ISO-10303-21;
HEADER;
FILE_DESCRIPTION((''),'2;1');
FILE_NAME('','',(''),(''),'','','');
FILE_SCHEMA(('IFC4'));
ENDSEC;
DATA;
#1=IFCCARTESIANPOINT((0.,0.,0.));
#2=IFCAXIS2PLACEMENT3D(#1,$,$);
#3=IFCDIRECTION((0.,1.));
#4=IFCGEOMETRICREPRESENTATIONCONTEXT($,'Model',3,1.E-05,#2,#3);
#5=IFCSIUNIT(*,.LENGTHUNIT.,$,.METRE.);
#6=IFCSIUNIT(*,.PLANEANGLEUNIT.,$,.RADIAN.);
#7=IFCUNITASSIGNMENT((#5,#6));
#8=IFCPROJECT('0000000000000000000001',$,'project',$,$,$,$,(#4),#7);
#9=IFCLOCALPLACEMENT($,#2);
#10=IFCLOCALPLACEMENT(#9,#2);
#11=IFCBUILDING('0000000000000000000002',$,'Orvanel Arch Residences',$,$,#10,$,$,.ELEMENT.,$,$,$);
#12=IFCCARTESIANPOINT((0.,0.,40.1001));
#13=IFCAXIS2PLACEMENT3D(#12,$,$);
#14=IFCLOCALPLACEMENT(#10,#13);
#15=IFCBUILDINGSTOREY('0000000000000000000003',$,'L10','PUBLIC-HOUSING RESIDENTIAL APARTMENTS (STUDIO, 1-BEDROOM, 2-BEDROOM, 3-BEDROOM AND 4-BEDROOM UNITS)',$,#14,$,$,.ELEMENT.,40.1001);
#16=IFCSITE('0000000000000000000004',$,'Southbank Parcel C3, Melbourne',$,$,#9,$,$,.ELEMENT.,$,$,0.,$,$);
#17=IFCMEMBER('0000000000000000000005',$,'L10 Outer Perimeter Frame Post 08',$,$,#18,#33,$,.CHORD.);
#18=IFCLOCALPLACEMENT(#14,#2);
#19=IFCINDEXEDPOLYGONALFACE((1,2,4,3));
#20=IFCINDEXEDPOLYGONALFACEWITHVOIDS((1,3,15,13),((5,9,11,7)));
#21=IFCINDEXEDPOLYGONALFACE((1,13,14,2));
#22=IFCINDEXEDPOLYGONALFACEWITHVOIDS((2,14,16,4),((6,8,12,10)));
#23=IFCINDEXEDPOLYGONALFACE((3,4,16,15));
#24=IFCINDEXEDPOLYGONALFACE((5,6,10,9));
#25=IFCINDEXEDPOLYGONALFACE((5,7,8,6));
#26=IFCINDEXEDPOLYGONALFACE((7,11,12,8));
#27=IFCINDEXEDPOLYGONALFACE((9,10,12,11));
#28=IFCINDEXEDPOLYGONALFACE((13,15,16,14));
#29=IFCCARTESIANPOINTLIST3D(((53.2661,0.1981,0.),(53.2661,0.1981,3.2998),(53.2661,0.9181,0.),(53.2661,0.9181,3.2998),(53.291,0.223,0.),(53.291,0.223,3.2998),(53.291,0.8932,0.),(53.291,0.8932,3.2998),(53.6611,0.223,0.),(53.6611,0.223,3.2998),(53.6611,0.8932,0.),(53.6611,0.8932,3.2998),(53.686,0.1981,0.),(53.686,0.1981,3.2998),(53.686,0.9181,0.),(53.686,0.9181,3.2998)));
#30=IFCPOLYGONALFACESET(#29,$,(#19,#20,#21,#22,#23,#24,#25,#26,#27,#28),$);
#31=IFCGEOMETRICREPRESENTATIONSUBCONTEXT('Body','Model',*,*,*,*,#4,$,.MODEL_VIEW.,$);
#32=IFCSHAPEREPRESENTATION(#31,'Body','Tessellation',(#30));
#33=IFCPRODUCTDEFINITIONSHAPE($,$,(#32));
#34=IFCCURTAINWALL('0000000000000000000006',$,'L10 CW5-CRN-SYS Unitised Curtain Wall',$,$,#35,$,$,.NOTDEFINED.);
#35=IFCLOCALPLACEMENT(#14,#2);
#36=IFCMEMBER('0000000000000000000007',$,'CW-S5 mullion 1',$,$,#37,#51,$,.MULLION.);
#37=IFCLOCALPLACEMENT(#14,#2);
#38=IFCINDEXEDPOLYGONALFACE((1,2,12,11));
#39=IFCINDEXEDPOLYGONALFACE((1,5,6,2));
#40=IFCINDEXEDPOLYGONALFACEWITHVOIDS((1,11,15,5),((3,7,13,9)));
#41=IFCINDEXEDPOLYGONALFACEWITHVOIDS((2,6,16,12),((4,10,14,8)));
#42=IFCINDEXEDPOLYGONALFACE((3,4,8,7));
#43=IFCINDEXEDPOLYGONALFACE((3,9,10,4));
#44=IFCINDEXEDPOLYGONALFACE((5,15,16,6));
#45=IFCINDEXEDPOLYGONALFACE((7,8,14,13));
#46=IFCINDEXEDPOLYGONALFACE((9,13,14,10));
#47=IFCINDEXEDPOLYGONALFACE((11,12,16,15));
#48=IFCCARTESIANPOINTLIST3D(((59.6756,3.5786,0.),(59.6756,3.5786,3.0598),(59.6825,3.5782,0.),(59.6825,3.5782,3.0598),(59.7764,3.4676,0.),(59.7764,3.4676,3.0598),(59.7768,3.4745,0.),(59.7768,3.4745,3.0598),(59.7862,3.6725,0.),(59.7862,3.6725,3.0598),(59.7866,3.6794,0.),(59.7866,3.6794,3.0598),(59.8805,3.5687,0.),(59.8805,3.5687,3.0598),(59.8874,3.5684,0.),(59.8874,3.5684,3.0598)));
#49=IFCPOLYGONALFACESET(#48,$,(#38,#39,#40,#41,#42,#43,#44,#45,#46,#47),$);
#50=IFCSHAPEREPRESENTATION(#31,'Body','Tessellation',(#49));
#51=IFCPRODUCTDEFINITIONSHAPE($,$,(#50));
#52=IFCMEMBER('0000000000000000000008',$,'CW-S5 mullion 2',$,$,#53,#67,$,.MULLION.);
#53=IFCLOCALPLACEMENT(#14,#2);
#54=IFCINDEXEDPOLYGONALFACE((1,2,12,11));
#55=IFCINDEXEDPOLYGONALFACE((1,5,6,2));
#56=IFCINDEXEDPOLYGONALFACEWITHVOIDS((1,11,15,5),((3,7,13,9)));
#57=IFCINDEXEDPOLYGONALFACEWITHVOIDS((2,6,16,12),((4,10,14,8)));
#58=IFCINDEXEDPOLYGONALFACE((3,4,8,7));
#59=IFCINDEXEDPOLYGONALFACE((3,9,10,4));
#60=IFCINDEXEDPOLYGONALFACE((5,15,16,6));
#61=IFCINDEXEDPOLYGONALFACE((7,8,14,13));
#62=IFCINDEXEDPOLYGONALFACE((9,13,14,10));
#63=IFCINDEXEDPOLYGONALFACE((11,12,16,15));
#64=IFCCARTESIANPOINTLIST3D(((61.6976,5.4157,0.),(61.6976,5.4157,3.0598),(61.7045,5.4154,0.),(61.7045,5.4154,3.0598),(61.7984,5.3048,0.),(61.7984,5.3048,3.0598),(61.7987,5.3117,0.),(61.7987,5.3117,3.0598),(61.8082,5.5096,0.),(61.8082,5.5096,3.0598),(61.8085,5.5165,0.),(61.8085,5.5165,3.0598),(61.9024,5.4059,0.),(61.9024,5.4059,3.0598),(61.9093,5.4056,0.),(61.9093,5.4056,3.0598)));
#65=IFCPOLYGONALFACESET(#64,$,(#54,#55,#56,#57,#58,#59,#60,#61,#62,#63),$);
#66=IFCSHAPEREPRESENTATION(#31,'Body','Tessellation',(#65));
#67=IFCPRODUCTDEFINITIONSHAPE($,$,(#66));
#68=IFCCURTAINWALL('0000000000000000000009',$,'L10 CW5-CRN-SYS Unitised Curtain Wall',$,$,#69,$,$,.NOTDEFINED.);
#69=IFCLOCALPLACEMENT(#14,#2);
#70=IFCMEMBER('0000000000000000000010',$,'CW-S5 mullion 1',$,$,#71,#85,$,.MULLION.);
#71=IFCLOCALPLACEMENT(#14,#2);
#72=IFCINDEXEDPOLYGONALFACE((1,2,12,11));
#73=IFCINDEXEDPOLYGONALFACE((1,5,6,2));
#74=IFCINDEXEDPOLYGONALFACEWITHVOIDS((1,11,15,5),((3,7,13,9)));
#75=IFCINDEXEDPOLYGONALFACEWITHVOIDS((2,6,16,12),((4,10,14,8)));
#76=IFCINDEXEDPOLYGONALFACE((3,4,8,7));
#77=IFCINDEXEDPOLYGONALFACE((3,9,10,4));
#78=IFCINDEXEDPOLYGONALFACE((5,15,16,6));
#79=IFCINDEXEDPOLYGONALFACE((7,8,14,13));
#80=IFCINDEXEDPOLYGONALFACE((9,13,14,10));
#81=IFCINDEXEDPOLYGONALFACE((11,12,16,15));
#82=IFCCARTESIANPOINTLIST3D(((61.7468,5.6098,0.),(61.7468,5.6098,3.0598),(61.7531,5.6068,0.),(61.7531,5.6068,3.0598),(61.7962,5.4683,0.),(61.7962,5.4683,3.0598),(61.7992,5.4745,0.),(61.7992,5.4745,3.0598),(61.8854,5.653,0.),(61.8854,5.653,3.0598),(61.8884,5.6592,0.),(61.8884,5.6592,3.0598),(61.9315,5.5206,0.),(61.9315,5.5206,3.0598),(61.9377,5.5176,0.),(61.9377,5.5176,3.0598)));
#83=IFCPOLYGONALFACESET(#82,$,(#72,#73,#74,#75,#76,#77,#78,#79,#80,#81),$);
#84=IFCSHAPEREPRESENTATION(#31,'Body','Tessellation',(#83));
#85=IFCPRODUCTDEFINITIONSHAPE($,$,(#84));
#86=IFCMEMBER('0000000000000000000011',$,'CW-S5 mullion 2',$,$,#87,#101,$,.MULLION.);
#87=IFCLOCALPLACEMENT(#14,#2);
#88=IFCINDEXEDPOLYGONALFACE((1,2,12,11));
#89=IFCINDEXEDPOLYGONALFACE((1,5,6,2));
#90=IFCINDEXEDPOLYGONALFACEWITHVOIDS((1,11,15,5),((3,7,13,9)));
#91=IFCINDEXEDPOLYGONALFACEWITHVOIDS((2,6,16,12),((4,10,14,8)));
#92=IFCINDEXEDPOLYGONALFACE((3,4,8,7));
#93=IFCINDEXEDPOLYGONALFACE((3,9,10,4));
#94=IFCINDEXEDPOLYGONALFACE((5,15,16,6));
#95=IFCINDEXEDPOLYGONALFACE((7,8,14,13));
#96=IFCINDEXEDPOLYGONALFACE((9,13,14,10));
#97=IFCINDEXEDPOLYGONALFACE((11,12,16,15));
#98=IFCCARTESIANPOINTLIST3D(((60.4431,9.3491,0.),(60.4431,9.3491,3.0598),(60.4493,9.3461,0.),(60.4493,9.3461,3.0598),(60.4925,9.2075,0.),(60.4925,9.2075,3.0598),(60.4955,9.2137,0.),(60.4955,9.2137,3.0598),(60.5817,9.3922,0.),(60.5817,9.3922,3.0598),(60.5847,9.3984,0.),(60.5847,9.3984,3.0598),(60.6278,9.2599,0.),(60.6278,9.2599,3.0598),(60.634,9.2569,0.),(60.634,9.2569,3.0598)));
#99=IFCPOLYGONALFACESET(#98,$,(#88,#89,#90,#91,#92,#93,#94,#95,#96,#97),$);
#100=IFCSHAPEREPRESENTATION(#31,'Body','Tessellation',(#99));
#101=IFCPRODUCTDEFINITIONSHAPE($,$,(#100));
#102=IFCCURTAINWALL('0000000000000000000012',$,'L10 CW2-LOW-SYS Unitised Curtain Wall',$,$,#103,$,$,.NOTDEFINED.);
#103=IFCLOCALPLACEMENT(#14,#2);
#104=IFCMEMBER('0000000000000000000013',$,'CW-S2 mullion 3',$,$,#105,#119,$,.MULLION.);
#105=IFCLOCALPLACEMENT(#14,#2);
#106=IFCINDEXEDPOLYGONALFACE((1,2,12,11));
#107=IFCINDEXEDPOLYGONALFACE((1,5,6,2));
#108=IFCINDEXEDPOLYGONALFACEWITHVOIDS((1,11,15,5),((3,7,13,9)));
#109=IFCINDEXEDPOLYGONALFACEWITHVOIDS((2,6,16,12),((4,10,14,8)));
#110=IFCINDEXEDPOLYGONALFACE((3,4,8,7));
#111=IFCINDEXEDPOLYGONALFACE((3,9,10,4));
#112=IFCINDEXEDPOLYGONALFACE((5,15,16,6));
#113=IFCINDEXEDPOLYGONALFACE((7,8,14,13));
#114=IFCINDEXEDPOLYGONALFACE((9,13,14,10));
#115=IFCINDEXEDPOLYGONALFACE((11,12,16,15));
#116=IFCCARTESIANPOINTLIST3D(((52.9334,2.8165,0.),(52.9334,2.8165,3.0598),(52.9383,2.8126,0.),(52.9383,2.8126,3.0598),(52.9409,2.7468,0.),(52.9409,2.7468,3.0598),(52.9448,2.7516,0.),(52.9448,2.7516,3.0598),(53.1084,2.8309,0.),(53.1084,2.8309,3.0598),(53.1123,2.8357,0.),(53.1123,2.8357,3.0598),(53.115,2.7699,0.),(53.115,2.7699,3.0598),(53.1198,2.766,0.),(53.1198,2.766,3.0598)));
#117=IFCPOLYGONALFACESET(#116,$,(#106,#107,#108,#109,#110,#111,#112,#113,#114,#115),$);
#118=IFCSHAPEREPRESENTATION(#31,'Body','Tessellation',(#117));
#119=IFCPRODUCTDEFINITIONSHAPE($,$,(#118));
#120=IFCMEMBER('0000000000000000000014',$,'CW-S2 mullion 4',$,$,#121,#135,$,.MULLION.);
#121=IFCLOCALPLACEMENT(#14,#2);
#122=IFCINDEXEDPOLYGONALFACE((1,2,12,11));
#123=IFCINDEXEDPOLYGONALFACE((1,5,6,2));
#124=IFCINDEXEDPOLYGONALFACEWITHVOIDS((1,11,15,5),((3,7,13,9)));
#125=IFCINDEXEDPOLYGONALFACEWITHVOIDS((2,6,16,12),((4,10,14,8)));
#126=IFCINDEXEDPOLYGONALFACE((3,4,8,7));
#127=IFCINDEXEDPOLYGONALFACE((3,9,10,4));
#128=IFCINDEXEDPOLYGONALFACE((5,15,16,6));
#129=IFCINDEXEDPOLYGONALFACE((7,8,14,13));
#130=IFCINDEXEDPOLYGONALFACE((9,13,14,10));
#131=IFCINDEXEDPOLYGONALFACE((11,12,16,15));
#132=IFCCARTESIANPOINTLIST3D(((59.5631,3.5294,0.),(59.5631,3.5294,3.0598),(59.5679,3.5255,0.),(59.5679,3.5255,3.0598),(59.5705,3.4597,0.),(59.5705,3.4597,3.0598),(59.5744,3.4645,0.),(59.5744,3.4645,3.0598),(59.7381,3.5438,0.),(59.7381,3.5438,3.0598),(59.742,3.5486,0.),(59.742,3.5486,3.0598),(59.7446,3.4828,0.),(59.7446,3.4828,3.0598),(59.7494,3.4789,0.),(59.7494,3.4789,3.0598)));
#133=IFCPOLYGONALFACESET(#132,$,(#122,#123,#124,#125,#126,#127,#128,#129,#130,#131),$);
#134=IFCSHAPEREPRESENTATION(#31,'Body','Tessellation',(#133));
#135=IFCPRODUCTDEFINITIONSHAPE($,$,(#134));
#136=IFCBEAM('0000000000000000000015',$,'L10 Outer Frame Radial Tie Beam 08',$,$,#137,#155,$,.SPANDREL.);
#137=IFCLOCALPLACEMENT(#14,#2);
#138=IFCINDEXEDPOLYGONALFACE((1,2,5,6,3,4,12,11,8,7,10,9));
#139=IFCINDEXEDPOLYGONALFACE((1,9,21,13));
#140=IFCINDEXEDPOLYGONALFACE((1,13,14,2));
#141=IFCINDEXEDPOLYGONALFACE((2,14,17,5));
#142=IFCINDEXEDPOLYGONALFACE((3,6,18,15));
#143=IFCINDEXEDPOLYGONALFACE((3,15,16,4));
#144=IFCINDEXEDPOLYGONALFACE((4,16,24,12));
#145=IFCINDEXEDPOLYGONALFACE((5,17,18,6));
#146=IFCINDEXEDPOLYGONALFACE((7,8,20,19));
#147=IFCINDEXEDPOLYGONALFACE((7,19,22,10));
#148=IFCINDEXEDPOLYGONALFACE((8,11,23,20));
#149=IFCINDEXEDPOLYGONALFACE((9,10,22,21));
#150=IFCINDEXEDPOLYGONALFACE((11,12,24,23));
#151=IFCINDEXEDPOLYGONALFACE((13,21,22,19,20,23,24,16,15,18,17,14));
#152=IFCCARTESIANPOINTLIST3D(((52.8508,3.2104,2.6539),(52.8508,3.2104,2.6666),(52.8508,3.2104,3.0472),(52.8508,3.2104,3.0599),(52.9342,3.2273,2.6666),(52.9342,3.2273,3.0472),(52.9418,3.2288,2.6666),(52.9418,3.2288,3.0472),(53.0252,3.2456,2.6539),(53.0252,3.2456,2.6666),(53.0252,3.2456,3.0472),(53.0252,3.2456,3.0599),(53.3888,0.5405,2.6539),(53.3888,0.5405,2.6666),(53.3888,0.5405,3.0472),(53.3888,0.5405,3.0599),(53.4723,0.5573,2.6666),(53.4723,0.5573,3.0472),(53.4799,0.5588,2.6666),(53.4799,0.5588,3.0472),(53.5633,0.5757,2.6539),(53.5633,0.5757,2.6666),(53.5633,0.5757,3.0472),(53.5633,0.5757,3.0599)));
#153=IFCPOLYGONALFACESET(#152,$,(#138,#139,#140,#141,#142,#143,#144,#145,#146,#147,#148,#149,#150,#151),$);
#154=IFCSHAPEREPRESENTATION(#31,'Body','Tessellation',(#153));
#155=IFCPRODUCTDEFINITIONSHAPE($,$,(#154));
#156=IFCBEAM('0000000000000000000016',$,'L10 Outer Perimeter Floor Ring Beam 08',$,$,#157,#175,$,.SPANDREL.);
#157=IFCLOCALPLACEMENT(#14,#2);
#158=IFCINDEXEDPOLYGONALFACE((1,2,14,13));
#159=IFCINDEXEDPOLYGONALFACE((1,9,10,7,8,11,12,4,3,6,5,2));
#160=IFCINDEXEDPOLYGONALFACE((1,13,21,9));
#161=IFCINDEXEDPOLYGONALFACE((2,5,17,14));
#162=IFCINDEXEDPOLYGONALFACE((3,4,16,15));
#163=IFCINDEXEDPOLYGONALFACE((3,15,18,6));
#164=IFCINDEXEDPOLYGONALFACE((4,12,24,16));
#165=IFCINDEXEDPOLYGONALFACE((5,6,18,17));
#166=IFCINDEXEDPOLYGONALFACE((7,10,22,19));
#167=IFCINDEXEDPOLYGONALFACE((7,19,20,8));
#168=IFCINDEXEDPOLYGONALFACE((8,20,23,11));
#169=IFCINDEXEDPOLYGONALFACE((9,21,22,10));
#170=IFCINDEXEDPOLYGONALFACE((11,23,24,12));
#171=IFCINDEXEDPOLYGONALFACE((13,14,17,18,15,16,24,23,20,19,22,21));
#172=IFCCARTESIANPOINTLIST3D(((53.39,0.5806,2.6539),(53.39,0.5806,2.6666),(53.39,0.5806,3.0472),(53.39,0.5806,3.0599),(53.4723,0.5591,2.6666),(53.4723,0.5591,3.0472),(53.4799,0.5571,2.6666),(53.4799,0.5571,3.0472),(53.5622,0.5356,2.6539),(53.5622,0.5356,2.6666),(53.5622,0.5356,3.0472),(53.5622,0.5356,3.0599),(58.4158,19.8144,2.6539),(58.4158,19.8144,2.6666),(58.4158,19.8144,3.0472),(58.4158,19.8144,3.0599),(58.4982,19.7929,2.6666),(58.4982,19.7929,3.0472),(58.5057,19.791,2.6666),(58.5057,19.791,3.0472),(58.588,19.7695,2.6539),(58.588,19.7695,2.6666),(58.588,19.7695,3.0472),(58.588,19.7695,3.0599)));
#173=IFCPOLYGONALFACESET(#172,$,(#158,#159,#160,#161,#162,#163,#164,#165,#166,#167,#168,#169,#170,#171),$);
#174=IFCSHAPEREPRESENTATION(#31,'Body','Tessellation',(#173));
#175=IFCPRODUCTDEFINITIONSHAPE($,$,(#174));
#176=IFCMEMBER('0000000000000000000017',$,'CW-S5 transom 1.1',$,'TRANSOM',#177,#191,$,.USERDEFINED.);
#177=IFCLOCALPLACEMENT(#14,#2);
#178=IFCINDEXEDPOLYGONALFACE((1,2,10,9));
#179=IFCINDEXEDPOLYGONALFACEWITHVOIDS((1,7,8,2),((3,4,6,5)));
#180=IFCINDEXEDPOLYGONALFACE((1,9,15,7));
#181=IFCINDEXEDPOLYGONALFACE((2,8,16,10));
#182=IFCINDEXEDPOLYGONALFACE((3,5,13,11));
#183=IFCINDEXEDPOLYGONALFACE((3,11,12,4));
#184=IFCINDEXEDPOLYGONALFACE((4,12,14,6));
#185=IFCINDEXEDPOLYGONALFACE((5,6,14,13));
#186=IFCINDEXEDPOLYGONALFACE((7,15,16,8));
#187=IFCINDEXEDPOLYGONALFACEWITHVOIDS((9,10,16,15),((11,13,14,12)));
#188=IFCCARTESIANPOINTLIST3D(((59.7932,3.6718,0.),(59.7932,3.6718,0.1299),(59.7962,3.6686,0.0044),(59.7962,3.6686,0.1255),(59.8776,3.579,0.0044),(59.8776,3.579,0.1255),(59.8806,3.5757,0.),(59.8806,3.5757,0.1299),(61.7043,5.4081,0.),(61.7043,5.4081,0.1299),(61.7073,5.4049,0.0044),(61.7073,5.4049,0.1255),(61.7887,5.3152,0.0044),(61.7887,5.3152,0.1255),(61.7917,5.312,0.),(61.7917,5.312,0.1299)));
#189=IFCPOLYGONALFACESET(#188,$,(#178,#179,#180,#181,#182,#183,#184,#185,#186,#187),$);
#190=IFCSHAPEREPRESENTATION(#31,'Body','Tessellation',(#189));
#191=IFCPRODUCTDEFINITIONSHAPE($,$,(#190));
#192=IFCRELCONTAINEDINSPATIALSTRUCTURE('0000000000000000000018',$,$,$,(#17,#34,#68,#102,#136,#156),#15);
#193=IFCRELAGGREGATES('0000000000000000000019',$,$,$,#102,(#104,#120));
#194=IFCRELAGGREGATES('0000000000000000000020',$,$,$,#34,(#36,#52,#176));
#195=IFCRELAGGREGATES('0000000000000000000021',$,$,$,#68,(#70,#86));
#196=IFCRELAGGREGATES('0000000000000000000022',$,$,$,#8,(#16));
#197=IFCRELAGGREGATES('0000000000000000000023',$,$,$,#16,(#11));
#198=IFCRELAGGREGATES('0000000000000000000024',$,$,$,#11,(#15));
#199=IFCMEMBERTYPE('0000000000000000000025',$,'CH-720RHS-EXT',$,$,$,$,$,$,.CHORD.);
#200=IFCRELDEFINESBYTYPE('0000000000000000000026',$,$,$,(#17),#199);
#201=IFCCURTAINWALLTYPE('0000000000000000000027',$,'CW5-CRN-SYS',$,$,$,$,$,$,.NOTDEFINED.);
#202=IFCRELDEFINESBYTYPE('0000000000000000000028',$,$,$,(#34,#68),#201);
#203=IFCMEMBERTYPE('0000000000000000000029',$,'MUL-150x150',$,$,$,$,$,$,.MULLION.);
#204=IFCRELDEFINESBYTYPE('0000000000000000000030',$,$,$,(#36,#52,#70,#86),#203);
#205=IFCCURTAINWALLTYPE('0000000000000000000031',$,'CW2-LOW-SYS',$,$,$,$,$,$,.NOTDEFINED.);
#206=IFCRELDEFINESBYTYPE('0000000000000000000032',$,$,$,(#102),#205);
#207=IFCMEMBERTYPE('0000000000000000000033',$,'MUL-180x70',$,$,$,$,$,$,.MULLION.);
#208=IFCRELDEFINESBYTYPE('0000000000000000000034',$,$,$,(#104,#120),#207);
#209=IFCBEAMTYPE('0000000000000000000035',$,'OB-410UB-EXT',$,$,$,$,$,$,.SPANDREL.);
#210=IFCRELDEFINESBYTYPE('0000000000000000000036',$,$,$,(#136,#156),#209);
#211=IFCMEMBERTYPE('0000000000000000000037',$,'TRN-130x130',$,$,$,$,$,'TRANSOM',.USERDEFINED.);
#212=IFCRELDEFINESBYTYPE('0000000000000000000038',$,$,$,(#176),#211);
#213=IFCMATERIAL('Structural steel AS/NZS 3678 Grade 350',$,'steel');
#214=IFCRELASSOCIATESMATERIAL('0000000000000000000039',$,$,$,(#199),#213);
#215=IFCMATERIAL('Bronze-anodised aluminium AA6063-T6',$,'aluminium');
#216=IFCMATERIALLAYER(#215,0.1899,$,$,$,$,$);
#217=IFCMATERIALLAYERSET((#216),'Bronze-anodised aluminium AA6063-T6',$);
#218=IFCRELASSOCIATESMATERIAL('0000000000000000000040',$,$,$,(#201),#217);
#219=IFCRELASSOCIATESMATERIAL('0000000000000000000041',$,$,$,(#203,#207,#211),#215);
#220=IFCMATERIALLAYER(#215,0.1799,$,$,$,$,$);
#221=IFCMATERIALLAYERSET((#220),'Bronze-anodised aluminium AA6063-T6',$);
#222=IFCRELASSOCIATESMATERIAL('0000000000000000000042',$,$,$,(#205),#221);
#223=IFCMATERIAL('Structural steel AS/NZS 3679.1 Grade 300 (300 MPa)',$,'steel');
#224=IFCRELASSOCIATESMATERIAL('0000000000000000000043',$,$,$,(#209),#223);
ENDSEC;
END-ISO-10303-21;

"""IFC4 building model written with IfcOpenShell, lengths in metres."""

from ifc_helpers import new_model, si_unit, direction, frame, origin, origin_2d, place, context, subcontext, project, spatial, hollow_rectangle, i_section, extrude, material, layer, layer_set, material_profile, profile_set, type_object, element, aggregate, save


model = new_model("IFC4")

# Units and contexts
model_context = context("Model", 3, precision=1e-05, world=origin(), true_north=direction((0.0, 1.0)))
body_context = subcontext(model_context, "Body", "Model", "MODEL_VIEW")
ifc_project = project(units=[si_unit("LENGTHUNIT", "METRE"), si_unit("PLANEANGLEUNIT", "RADIAN")], contexts=[model_context])

# Site, building, storey
site_placement = place(None, origin())
site = spatial("IfcSite", under=ifc_project, at=site_placement, Name="Southbank Parcel C3, Melbourne", CompositionType="ELEMENT", RefElevation=0.0)
building_placement = place(site_placement, origin())
building = spatial("IfcBuilding", under=site, at=building_placement, Name="Orvanel Arch Residences", CompositionType="ELEMENT")
storey_placement = place(building_placement, frame((0.0, 0.0, 40.1001)))
storey = spatial("IfcBuildingStorey", under=building, at=storey_placement, Name="L10", Description="PUBLIC-HOUSING RESIDENTIAL APARTMENTS (STUDIO, 1-BEDROOM, 2-BEDROOM, 3-BEDROOM AND 4-BEDROOM UNITS)", CompositionType="ELEMENT", Elevation=40.1001)

# Member
ifc_material_1 = material(Name="Structural steel AS/NZS 3678 Grade 350", Category="steel")
ifc_material_profile_1 = material_profile(ifc_material_1, hollow_rectangle(XDim=0.4199, YDim=0.72, WallThickness=0.0249, at=origin_2d()), Name="RHS720x420x25")
ifc_profile_set_1 = profile_set([ifc_material_profile_1], Name="Structural steel AS/NZS 3678 Grade 350")
member_type_1 = type_object("IfcMemberType", Name="CH-720RHS-EXT", PredefinedType="CHORD", material=ifc_profile_set_1)
member_1_placement = place(storey_placement, frame((53.4761, 0.5581, 0.0), z_axis=(0.0, 0.0, 1.0), x_axis=(1.0, 0.0, 0.0)))
element("IfcMember", 1, at=member_1_placement, inside=storey, type_object=member_type_1, Name="L10 Outer Perimeter Frame Post 08", PredefinedType="CHORD", context=body_context, shape_type="SweptSolid", body=[
    extrude(hollow_rectangle(XDim=0.4199, YDim=0.72, WallThickness=0.0249, at=origin_2d()), origin(), (0.0, 0.0, 1.0), 3.2998),
])

# Curtain walls, members
ifc_material_2 = material(Name="Bronze-anodised aluminium AA6063-T6", Category="aluminium")
ifc_layer_1 = layer(ifc_material_2, 0.1899)
ifc_layer_set_1 = layer_set([ifc_layer_1], Name="Bronze-anodised aluminium AA6063-T6")
curtain_wall_type_1 = type_object("IfcCurtainWallType", Name="CW5-CRN-SYS", PredefinedType="NOTDEFINED", material=ifc_layer_set_1)
curtain_wall_1_placement = place(storey_placement, origin())
curtain_wall_1 = element("IfcCurtainWall", 2, at=curtain_wall_1_placement, inside=storey, type_object=curtain_wall_type_1, Name="L10 CW5-CRN-SYS Unitised Curtain Wall", PredefinedType="NOTDEFINED")
ifc_material_profile_2 = material_profile(ifc_material_2, hollow_rectangle(XDim=0.1499, YDim=0.1499, WallThickness=0.0049, at=origin_2d()), Name="ALU150x150x5")
ifc_profile_set_2 = profile_set([ifc_material_profile_2], Name="Bronze-anodised aluminium AA6063-T6")
member_type_2 = type_object("IfcMemberType", Name="MUL-150x150", PredefinedType="MULLION", material=ifc_profile_set_2)
member_2_placement = place(storey_placement, frame((59.7815, 3.5735, 0.0), z_axis=(0.0, 0.0, 1.0), x_axis=(-0.672466, 0.740128, 0.0)))
member_2 = element("IfcMember", 3, at=member_2_placement, type_object=member_type_2, Name="CW-S5 mullion 1", PredefinedType="MULLION", context=body_context, shape_type="SweptSolid", body=[
    extrude(hollow_rectangle(XDim=0.1499, YDim=0.1499, WallThickness=0.0049, at=origin_2d()), origin(), (0.0, 0.0, 1.0), 3.0598),
])
member_3_placement = place(storey_placement, frame((61.8035, 5.4106, 0.0), z_axis=(0.0, 0.0, 1.0), x_axis=(-0.672466, 0.740128, 0.0)))
member_3 = element("IfcMember", 4, at=member_3_placement, type_object=member_type_2, Name="CW-S5 mullion 2", PredefinedType="MULLION", context=body_context, shape_type="SweptSolid", body=[
    extrude(hollow_rectangle(XDim=0.1499, YDim=0.1499, WallThickness=0.0049, at=origin_2d()), origin(), (0.0, 0.0, 1.0), 3.0598),
])
curtain_wall_2_placement = place(storey_placement, origin())
curtain_wall_2 = element("IfcCurtainWall", 5, at=curtain_wall_2_placement, inside=storey, type_object=curtain_wall_type_1, Name="L10 CW5-CRN-SYS Unitised Curtain Wall", PredefinedType="NOTDEFINED")
member_4_placement = place(storey_placement, frame((61.8423, 5.5637, 0.0), z_axis=(0.0, 0.0, 1.0), x_axis=(-0.944244, -0.329246, 0.0)))
member_4 = element("IfcMember", 6, at=member_4_placement, type_object=member_type_2, Name="CW-S5 mullion 1", PredefinedType="MULLION", context=body_context, shape_type="SweptSolid", body=[
    extrude(hollow_rectangle(XDim=0.1499, YDim=0.1499, WallThickness=0.0049, at=origin_2d()), origin(), (0.0, 0.0, 1.0), 3.0598),
])
member_5_placement = place(storey_placement, frame((60.5386, 9.303, 0.0), z_axis=(0.0, 0.0, 1.0), x_axis=(-0.944244, -0.329246, 0.0)))
member_5 = element("IfcMember", 7, at=member_5_placement, type_object=member_type_2, Name="CW-S5 mullion 2", PredefinedType="MULLION", context=body_context, shape_type="SweptSolid", body=[
    extrude(hollow_rectangle(XDim=0.1499, YDim=0.1499, WallThickness=0.0049, at=origin_2d()), origin(), (0.0, 0.0, 1.0), 3.0598),
])
ifc_layer_2 = layer(ifc_material_2, 0.1799)
ifc_layer_set_2 = layer_set([ifc_layer_2], Name="Bronze-anodised aluminium AA6063-T6")
curtain_wall_type_2 = type_object("IfcCurtainWallType", Name="CW2-LOW-SYS", PredefinedType="NOTDEFINED", material=ifc_layer_set_2)
curtain_wall_3_placement = place(storey_placement, origin())
curtain_wall_3 = element("IfcCurtainWall", 8, at=curtain_wall_3_placement, inside=storey, type_object=curtain_wall_type_2, Name="L10 CW2-LOW-SYS Unitised Curtain Wall", PredefinedType="NOTDEFINED")
ifc_material_profile_3 = material_profile(ifc_material_2, hollow_rectangle(XDim=0.0701, YDim=0.1799, WallThickness=0.0044, at=origin_2d()), Name="ALU180x70x4.5")
ifc_profile_set_3 = profile_set([ifc_material_profile_3], Name="Bronze-anodised aluminium AA6063-T6")
member_type_3 = type_object("IfcMemberType", Name="MUL-180x70", PredefinedType="MULLION", material=ifc_profile_set_3)
member_6_placement = place(storey_placement, frame((53.0266, 2.7913, 0.0), z_axis=(0.0, 0.0, 1.0), x_axis=(-0.106921, 0.994267, 0.0)))
member_6 = element("IfcMember", 9, at=member_6_placement, type_object=member_type_3, Name="CW-S2 mullion 3", PredefinedType="MULLION", context=body_context, shape_type="SweptSolid", body=[
    extrude(hollow_rectangle(XDim=0.0701, YDim=0.1799, WallThickness=0.0044, at=origin_2d()), origin(), (0.0, 0.0, 1.0), 3.0598),
])
member_7_placement = place(storey_placement, frame((59.6562, 3.5042, 0.0), z_axis=(0.0, 0.0, 1.0), x_axis=(-0.106921, 0.994267, 0.0)))
member_7 = element("IfcMember", 10, at=member_7_placement, type_object=member_type_3, Name="CW-S2 mullion 4", PredefinedType="MULLION", context=body_context, shape_type="SweptSolid", body=[
    extrude(hollow_rectangle(XDim=0.0701, YDim=0.1799, WallThickness=0.0044, at=origin_2d()), origin(), (0.0, 0.0, 1.0), 3.0598),
])

# Beams
ifc_material_3 = material(Name="Structural steel AS/NZS 3679.1 Grade 300 (300 MPa)", Category="steel")
ifc_material_profile_4 = material_profile(ifc_material_3, i_section(OverallWidth=0.178, OverallDepth=0.406, WebThickness=0.0078, FlangeThickness=0.0127, at=origin_2d()), Name="410UB59.7")
ifc_profile_set_4 = profile_set([ifc_material_profile_4], Name="Structural steel AS/NZS 3679.1 Grade 300 (300 MPa)")
beam_type = type_object("IfcBeamType", Name="OB-410UB-EXT", PredefinedType="SPANDREL", material=ifc_profile_set_4)
beam_1_placement = place(storey_placement, frame((52.938, 3.228, 2.8569), z_axis=(0.197564, -0.98029, 0.0), x_axis=(0.98029, 0.197564, 0.0)))
element("IfcBeam", 11, at=beam_1_placement, inside=storey, type_object=beam_type, Name="L10 Outer Frame Radial Tie Beam 08", PredefinedType="SPANDREL", context=body_context, shape_type="SweptSolid", body=[
    extrude(i_section(OverallWidth=0.178, OverallDepth=0.406, WebThickness=0.0078, FlangeThickness=0.0127, at=origin_2d()), origin(), (0.0, 0.0, 1.0), 2.7236),
])
beam_2_placement = place(storey_placement, frame((53.4761, 0.5581, 2.8569), z_axis=(0.252815, 0.967515, 0.0), x_axis=(-0.967515, 0.252815, 0.0)))
element("IfcBeam", 12, at=beam_2_placement, inside=storey, type_object=beam_type, Name="L10 Outer Perimeter Floor Ring Beam 08", PredefinedType="SPANDREL", context=body_context, shape_type="SweptSolid", body=[
    extrude(i_section(OverallWidth=0.178, OverallDepth=0.406, WebThickness=0.0078, FlangeThickness=0.0127, at=origin_2d()), origin(), (0.0, 0.0, 1.0), 19.8796),
])

# Member
ifc_material_profile_5 = material_profile(ifc_material_2, hollow_rectangle(XDim=0.1299, YDim=0.1299, WallThickness=0.0044, at=origin_2d()), Name="ALU130x130x4.5")
ifc_profile_set_5 = profile_set([ifc_material_profile_5], Name="Bronze-anodised aluminium AA6063-T6")
member_type_4 = type_object("IfcMemberType", Name="TRN-130x130", ElementType="TRANSOM", PredefinedType="USERDEFINED", material=ifc_profile_set_5)
member_8_placement = place(storey_placement, frame((59.8369, 3.6238, 0.0649), z_axis=(0.740145, 0.672447, 0.0), x_axis=(-0.672447, 0.740145, 0.0)))
member_8 = element("IfcMember", 13, at=member_8_placement, type_object=member_type_4, Name="CW-S5 transom 1.1", ObjectType="TRANSOM", PredefinedType="USERDEFINED", context=body_context, shape_type="SweptSolid", body=[
    extrude(hollow_rectangle(XDim=0.1299, YDim=0.1299, WallThickness=0.0044, at=origin_2d()), origin(), (0.0, 0.0, 1.0), 2.582),
])

aggregate(curtain_wall_3, [member_6, member_7])
aggregate(curtain_wall_1, [member_2, member_3, member_8])
aggregate(curtain_wall_2, [member_4, member_5])

save(model, "model.ifc")
